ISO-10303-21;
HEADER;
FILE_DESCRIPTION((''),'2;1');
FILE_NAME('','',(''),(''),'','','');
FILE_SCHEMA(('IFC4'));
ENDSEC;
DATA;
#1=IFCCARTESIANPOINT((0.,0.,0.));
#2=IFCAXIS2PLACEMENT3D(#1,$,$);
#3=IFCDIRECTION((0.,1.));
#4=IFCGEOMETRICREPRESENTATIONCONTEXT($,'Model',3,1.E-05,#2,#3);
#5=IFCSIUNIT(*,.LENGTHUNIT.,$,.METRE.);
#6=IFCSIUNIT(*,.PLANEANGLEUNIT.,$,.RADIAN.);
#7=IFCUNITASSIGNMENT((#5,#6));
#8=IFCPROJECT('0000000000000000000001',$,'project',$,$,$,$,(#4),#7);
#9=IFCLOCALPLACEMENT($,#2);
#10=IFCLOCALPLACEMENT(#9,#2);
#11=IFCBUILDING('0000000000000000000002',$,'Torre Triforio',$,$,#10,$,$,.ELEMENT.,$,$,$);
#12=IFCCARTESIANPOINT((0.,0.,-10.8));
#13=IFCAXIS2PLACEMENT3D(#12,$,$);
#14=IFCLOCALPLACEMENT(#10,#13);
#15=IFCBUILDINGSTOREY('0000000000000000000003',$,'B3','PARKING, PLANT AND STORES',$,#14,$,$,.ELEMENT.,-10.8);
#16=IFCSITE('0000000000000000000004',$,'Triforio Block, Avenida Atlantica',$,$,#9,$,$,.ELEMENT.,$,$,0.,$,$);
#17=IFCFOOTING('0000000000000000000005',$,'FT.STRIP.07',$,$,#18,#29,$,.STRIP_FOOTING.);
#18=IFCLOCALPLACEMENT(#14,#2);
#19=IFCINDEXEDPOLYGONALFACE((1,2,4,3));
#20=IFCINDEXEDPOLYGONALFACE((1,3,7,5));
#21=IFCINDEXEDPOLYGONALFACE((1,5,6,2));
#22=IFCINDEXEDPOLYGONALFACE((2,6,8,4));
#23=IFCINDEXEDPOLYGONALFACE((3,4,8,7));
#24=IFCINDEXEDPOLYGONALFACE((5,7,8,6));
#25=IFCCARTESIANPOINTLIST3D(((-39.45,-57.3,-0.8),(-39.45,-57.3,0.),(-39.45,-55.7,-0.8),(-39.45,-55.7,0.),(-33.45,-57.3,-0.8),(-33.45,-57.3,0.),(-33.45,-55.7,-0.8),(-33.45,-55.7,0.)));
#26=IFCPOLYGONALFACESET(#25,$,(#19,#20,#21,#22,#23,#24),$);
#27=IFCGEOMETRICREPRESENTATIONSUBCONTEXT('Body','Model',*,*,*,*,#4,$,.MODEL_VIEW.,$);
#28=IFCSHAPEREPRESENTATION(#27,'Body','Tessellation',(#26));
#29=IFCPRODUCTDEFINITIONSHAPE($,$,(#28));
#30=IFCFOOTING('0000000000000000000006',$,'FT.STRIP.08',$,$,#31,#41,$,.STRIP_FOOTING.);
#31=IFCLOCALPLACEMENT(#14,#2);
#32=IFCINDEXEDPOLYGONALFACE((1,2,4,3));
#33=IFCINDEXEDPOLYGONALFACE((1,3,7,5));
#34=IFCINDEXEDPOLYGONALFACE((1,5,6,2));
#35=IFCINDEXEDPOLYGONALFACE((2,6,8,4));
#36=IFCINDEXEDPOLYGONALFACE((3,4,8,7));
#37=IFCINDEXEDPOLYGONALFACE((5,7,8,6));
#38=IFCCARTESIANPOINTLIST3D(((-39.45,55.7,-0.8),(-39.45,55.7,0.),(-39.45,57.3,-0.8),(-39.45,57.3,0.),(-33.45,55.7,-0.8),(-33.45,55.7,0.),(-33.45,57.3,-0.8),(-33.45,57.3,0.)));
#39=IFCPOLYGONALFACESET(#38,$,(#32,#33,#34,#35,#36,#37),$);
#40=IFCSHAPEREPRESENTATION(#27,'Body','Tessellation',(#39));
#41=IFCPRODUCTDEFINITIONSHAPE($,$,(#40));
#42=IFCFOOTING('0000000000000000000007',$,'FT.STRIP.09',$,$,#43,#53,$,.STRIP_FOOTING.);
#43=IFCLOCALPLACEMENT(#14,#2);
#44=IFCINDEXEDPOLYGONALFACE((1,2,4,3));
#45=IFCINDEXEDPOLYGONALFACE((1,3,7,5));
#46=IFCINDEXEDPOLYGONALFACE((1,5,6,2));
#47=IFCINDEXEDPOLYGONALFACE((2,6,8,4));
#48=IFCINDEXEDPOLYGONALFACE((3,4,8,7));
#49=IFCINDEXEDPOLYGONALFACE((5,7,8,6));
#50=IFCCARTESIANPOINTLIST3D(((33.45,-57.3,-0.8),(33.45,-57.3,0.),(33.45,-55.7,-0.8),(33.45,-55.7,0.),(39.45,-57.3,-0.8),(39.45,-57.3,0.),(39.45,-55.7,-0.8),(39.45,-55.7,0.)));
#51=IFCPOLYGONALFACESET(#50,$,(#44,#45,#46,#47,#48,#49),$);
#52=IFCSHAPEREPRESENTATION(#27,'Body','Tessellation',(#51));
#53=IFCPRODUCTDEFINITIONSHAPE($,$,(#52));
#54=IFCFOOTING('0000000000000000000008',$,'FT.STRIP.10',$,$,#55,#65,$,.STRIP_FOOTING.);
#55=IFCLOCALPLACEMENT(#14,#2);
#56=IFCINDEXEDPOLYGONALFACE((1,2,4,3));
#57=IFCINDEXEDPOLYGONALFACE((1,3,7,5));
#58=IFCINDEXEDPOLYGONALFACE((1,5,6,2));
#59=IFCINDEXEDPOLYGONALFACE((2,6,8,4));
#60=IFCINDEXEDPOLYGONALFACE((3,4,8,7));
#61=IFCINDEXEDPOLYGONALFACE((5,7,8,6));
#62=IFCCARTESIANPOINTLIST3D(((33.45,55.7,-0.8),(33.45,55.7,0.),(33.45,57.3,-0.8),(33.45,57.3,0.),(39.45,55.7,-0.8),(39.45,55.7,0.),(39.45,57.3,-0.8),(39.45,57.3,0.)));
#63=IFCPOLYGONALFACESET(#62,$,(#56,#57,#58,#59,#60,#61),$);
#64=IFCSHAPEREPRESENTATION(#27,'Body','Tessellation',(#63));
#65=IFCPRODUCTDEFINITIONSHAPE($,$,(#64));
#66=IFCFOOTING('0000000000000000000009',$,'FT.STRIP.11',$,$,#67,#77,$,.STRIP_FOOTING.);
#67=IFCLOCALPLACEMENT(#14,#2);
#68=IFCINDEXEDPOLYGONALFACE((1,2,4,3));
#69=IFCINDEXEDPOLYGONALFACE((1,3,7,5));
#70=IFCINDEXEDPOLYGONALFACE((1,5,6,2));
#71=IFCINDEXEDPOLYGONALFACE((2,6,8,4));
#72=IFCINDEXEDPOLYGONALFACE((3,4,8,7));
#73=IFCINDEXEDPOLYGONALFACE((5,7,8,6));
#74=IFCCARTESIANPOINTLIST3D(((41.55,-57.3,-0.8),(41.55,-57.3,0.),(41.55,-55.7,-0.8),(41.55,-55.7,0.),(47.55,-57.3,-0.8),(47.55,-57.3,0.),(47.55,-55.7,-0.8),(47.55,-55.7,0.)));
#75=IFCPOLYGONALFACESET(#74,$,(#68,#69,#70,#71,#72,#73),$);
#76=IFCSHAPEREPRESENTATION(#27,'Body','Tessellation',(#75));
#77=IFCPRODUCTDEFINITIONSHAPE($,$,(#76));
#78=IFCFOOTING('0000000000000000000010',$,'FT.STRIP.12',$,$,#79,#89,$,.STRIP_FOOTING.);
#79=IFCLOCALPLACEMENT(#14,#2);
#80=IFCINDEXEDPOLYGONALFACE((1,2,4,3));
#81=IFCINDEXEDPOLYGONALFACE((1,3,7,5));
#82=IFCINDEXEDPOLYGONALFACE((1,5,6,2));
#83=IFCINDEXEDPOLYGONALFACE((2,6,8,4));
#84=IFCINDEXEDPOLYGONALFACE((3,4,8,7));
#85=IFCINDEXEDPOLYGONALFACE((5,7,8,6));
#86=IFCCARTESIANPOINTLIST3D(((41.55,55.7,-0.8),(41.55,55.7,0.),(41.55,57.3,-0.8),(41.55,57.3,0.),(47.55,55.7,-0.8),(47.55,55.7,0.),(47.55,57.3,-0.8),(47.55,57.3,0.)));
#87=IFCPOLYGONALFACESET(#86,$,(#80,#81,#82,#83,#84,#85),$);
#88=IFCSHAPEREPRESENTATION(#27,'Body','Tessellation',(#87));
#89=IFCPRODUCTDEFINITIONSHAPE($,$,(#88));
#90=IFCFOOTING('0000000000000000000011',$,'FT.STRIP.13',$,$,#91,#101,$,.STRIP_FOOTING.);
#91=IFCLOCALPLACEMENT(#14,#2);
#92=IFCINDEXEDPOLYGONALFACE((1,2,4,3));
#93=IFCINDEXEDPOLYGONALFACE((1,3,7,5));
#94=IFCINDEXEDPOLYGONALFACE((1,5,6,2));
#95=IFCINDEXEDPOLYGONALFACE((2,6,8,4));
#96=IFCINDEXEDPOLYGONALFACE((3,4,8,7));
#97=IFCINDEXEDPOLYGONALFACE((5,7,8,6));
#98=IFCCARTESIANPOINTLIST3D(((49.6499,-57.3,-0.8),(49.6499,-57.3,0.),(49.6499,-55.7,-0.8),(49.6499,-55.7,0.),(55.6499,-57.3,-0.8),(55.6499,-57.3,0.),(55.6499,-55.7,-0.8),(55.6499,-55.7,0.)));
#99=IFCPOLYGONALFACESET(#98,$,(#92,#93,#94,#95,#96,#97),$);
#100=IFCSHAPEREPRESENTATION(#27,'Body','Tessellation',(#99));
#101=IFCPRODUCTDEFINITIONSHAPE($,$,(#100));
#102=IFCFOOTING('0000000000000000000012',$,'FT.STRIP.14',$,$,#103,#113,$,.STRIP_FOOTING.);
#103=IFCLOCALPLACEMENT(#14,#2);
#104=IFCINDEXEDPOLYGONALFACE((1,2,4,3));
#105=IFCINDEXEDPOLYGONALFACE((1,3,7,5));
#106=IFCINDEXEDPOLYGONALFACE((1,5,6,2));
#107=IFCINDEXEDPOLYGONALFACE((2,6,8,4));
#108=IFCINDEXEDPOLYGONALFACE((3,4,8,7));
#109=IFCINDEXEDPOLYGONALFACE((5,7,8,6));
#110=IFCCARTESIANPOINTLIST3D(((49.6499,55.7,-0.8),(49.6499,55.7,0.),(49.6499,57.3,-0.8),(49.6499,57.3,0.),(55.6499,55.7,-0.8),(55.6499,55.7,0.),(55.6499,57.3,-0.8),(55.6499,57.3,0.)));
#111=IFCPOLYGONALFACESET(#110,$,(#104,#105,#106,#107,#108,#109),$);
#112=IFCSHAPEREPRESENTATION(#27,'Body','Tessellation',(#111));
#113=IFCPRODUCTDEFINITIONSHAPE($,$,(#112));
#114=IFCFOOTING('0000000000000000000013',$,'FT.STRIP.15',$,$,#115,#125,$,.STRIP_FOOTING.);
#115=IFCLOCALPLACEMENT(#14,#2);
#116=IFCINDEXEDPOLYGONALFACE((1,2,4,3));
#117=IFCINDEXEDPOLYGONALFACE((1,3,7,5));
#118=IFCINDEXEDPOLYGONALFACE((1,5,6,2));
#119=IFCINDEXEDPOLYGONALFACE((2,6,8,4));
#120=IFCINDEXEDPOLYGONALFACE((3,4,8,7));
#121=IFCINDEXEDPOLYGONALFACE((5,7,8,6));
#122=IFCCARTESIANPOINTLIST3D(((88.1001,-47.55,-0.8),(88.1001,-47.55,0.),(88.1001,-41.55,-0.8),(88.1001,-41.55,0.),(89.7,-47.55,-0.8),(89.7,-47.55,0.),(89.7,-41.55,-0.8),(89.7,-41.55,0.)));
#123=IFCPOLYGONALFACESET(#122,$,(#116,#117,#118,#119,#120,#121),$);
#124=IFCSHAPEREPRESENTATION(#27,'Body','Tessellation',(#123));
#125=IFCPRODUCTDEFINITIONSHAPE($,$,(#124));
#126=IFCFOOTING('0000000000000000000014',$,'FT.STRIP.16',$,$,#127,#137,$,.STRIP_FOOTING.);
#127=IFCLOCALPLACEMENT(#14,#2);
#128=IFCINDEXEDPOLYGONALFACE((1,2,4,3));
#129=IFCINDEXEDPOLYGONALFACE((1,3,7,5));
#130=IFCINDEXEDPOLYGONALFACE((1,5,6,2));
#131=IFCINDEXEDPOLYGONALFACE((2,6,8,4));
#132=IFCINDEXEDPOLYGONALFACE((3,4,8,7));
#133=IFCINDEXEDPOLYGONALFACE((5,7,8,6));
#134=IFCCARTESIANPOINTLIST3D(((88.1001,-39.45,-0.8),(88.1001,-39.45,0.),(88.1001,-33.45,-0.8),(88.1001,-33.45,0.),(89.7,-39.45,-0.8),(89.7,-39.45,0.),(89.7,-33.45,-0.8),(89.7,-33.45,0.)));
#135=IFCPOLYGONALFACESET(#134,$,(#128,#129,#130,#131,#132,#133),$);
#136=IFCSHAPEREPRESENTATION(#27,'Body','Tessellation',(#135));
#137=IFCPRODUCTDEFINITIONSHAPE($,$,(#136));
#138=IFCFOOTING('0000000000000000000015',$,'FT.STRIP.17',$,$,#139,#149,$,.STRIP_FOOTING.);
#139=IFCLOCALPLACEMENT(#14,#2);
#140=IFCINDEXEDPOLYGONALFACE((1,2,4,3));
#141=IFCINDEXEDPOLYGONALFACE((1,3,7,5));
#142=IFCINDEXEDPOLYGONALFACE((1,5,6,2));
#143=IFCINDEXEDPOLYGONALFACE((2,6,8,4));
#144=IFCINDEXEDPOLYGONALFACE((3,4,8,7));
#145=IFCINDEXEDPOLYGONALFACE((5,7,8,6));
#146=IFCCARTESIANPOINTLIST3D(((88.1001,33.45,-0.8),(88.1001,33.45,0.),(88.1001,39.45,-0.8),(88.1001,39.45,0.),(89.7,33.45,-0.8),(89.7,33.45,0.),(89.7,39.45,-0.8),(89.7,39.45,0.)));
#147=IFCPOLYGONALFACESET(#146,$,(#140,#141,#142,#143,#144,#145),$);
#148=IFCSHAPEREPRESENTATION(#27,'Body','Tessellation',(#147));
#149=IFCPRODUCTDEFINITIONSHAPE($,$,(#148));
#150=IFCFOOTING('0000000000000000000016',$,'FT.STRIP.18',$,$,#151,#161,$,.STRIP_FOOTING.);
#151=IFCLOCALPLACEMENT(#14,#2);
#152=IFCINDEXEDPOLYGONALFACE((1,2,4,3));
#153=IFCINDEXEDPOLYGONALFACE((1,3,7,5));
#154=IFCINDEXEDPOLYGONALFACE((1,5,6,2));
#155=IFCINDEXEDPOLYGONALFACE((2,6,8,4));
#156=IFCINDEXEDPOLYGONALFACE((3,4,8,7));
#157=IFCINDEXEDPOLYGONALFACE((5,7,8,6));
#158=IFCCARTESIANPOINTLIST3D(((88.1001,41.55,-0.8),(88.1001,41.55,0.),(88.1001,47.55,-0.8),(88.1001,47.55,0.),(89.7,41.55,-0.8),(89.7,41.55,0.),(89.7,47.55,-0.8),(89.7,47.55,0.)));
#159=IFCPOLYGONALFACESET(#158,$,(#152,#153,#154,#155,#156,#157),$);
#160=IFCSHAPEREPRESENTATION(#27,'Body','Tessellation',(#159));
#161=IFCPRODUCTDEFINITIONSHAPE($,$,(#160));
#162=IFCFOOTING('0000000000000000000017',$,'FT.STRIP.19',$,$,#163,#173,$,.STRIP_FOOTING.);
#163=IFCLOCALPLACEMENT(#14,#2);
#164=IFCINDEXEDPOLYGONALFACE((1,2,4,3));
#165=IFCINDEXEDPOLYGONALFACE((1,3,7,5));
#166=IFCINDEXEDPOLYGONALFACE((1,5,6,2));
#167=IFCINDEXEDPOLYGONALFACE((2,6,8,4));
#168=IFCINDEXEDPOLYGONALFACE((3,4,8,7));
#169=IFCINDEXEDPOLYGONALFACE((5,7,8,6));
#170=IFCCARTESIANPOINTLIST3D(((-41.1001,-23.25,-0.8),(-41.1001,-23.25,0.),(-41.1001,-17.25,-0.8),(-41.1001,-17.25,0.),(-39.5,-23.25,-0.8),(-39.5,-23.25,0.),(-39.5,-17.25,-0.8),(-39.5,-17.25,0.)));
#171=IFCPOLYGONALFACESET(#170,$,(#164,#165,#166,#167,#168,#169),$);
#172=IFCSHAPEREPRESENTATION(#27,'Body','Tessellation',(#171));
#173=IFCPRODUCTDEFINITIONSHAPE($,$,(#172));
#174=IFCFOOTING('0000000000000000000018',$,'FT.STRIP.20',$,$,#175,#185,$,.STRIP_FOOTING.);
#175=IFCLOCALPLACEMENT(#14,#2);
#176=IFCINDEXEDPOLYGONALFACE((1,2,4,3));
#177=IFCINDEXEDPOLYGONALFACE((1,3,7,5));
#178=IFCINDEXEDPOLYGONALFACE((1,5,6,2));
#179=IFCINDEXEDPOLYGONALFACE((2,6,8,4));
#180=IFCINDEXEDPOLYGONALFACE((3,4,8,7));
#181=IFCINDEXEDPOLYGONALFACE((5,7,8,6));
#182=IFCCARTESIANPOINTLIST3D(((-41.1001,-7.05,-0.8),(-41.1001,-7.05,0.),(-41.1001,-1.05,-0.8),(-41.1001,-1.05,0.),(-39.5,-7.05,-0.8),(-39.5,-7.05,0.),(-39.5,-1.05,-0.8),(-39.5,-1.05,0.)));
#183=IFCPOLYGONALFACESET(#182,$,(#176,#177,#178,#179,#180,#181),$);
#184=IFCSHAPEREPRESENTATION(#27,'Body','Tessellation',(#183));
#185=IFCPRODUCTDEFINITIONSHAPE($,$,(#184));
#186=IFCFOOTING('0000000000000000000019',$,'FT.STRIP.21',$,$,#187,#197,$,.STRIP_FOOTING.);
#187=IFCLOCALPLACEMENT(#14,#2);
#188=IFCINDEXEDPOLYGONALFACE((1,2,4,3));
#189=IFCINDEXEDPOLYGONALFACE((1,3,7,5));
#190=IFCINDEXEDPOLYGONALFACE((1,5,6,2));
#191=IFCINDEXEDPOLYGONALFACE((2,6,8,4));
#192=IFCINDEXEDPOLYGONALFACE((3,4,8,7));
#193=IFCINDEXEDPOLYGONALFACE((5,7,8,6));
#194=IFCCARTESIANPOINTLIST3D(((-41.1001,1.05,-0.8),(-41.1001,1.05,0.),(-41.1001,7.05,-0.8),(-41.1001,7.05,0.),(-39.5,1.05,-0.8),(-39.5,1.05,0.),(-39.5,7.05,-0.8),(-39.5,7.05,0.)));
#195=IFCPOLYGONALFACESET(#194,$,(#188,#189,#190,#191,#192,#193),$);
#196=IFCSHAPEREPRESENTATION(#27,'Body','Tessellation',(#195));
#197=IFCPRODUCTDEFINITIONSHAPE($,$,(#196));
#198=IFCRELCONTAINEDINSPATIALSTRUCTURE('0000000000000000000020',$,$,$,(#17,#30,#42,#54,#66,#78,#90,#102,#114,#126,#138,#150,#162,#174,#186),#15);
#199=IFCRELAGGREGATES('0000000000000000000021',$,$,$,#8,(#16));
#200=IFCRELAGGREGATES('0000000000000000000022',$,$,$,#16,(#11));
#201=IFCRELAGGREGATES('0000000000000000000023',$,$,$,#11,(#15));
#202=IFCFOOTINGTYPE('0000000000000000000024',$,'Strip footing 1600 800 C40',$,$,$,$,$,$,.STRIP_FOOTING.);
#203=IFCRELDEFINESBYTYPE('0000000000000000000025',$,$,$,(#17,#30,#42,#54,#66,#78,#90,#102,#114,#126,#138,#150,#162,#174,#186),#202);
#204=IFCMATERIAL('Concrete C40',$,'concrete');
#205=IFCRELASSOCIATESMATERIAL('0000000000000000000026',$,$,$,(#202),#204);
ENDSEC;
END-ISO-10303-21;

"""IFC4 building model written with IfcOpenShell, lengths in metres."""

from ifc_helpers import new_model, si_unit, direction, frame, origin, place, context, subcontext, project, spatial, polyline, outline, extrude, material, type_object, element, save


model = new_model("IFC4")

# Units and contexts
model_context = context("Model", 3, precision=1e-05, world=origin(), true_north=direction((0.0, 1.0)))
body_context = subcontext(model_context, "Body", "Model", "MODEL_VIEW")
ifc_project = project(units=[si_unit("LENGTHUNIT", "METRE"), si_unit("PLANEANGLEUNIT", "RADIAN")], contexts=[model_context])

# Site, building, storey
site_placement = place(None, origin())
site = spatial("IfcSite", under=ifc_project, at=site_placement, Name="Triforio Block, Avenida Atlantica", CompositionType="ELEMENT", RefElevation=0.0)
building_placement = place(site_placement, origin())
building = spatial("IfcBuilding", under=site, at=building_placement, Name="Torre Triforio", CompositionType="ELEMENT")
storey_placement = place(building_placement, frame((0.0, 0.0, -10.8)))
storey = spatial("IfcBuildingStorey", under=building, at=storey_placement, Name="B3", Description="PARKING, PLANT AND STORES", CompositionType="ELEMENT", Elevation=-10.8)

# Footings
ifc_material = material(Name="Concrete C40", Category="concrete")
footing_type = type_object("IfcFootingType", Name="Strip footing 1600 800 C40", PredefinedType="STRIP_FOOTING", material=ifc_material)
footing_1_placement = place(storey_placement, frame((0.0, 0.0, -0.8)))
element("IfcFooting", 1, at=footing_1_placement, inside=storey, type_object=footing_type, Name="FT.STRIP.07", PredefinedType="STRIP_FOOTING", context=body_context, shape_type="SweptSolid", body=[
    extrude(outline(polyline([(-39.45, -57.3), (-33.45, -57.3), (-33.45, -55.7), (-39.45, -55.7), (-39.45, -57.3)])), origin(), (0.0, 0.0, 1.0), 0.8),
])
footing_2_placement = place(storey_placement, frame((0.0, 0.0, -0.8)))
element("IfcFooting", 2, at=footing_2_placement, inside=storey, type_object=footing_type, Name="FT.STRIP.08", PredefinedType="STRIP_FOOTING", context=body_context, shape_type="SweptSolid", body=[
    extrude(outline(polyline([(-33.45, 57.3), (-39.45, 57.3), (-39.45, 55.7), (-33.45, 55.7), (-33.45, 57.3)])), origin(), (0.0, 0.0, 1.0), 0.8),
])
footing_3_placement = place(storey_placement, frame((0.0, 0.0, -0.8)))
element("IfcFooting", 3, at=footing_3_placement, inside=storey, type_object=footing_type, Name="FT.STRIP.09", PredefinedType="STRIP_FOOTING", context=body_context, shape_type="SweptSolid", body=[
    extrude(outline(polyline([(33.45, -57.3), (39.45, -57.3), (39.45, -55.7), (33.45, -55.7), (33.45, -57.3)])), origin(), (0.0, 0.0, 1.0), 0.8),
])
footing_4_placement = place(storey_placement, frame((0.0, 0.0, -0.8)))
element("IfcFooting", 4, at=footing_4_placement, inside=storey, type_object=footing_type, Name="FT.STRIP.10", PredefinedType="STRIP_FOOTING", context=body_context, shape_type="SweptSolid", body=[
    extrude(outline(polyline([(39.45, 57.3), (33.45, 57.3), (33.45, 55.7), (39.45, 55.7), (39.45, 57.3)])), origin(), (0.0, 0.0, 1.0), 0.8),
])
footing_5_placement = place(storey_placement, frame((0.0, 0.0, -0.8)))
element("IfcFooting", 5, at=footing_5_placement, inside=storey, type_object=footing_type, Name="FT.STRIP.11", PredefinedType="STRIP_FOOTING", context=body_context, shape_type="SweptSolid", body=[
    extrude(outline(polyline([(41.55, -57.3), (47.55, -57.3), (47.55, -55.7), (41.55, -55.7), (41.55, -57.3)])), origin(), (0.0, 0.0, 1.0), 0.8),
])
footing_6_placement = place(storey_placement, frame((0.0, 0.0, -0.8)))
element("IfcFooting", 6, at=footing_6_placement, inside=storey, type_object=footing_type, Name="FT.STRIP.12", PredefinedType="STRIP_FOOTING", context=body_context, shape_type="SweptSolid", body=[
    extrude(outline(polyline([(47.55, 57.3), (41.55, 57.3), (41.55, 55.7), (47.55, 55.7), (47.55, 57.3)])), origin(), (0.0, 0.0, 1.0), 0.8),
])
footing_7_placement = place(storey_placement, frame((0.0, 0.0, -0.8)))
element("IfcFooting", 7, at=footing_7_placement, inside=storey, type_object=footing_type, Name="FT.STRIP.13", PredefinedType="STRIP_FOOTING", context=body_context, shape_type="SweptSolid", body=[
    extrude(outline(polyline([(49.6499, -57.3), (55.6499, -57.3), (55.6499, -55.7), (49.6499, -55.7), (49.6499, -57.3)])), origin(), (0.0, 0.0, 1.0), 0.8),
])
footing_8_placement = place(storey_placement, frame((0.0, 0.0, -0.8)))
element("IfcFooting", 8, at=footing_8_placement, inside=storey, type_object=footing_type, Name="FT.STRIP.14", PredefinedType="STRIP_FOOTING", context=body_context, shape_type="SweptSolid", body=[
    extrude(outline(polyline([(55.6499, 57.3), (49.6499, 57.3), (49.6499, 55.7), (55.6499, 55.7), (55.6499, 57.3)])), origin(), (0.0, 0.0, 1.0), 0.8),
])
footing_9_placement = place(storey_placement, frame((0.0, 0.0, -0.8)))
element("IfcFooting", 9, at=footing_9_placement, inside=storey, type_object=footing_type, Name="FT.STRIP.15", PredefinedType="STRIP_FOOTING", context=body_context, shape_type="SweptSolid", body=[
    extrude(outline(polyline([(89.7, -47.55), (89.7, -41.55), (88.1001, -41.55), (88.1001, -47.55), (89.7, -47.55)])), origin(), (0.0, 0.0, 1.0), 0.8),
])
footing_10_placement = place(storey_placement, frame((0.0, 0.0, -0.8)))
element("IfcFooting", 10, at=footing_10_placement, inside=storey, type_object=footing_type, Name="FT.STRIP.16", PredefinedType="STRIP_FOOTING", context=body_context, shape_type="SweptSolid", body=[
    extrude(outline(polyline([(89.7, -39.45), (89.7, -33.45), (88.1001, -33.45), (88.1001, -39.45), (89.7, -39.45)])), origin(), (0.0, 0.0, 1.0), 0.8),
])
footing_11_placement = place(storey_placement, frame((0.0, 0.0, -0.8)))
element("IfcFooting", 11, at=footing_11_placement, inside=storey, type_object=footing_type, Name="FT.STRIP.17", PredefinedType="STRIP_FOOTING", context=body_context, shape_type="SweptSolid", body=[
    extrude(outline(polyline([(89.7, 33.45), (89.7, 39.45), (88.1001, 39.45), (88.1001, 33.45), (89.7, 33.45)])), origin(), (0.0, 0.0, 1.0), 0.8),
])
footing_12_placement = place(storey_placement, frame((0.0, 0.0, -0.8)))
element("IfcFooting", 12, at=footing_12_placement, inside=storey, type_object=footing_type, Name="FT.STRIP.18", PredefinedType="STRIP_FOOTING", context=body_context, shape_type="SweptSolid", body=[
    extrude(outline(polyline([(89.7, 41.55), (89.7, 47.55), (88.1001, 47.55), (88.1001, 41.55), (89.7, 41.55)])), origin(), (0.0, 0.0, 1.0), 0.8),
])
footing_13_placement = place(storey_placement, frame((0.0, 0.0, -0.8)))
element("IfcFooting", 13, at=footing_13_placement, inside=storey, type_object=footing_type, Name="FT.STRIP.19", PredefinedType="STRIP_FOOTING", context=body_context, shape_type="SweptSolid", body=[
    extrude(outline(polyline([(-41.1001, -17.25), (-41.1001, -23.25), (-39.5, -23.25), (-39.5, -17.25), (-41.1001, -17.25)])), origin(), (0.0, 0.0, 1.0), 0.8),
])
footing_14_placement = place(storey_placement, frame((0.0, 0.0, -0.8)))
element("IfcFooting", 14, at=footing_14_placement, inside=storey, type_object=footing_type, Name="FT.STRIP.20", PredefinedType="STRIP_FOOTING", context=body_context, shape_type="SweptSolid", body=[
    extrude(outline(polyline([(-41.1001, -1.05), (-41.1001, -7.05), (-39.5, -7.05), (-39.5, -1.05), (-41.1001, -1.05)])), origin(), (0.0, 0.0, 1.0), 0.8),
])
footing_15_placement = place(storey_placement, frame((0.0, 0.0, -0.8)))
element("IfcFooting", 15, at=footing_15_placement, inside=storey, type_object=footing_type, Name="FT.STRIP.21", PredefinedType="STRIP_FOOTING", context=body_context, shape_type="SweptSolid", body=[
    extrude(outline(polyline([(-41.1001, 7.05), (-41.1001, 1.05), (-39.5, 1.05), (-39.5, 7.05), (-41.1001, 7.05)])), origin(), (0.0, 0.0, 1.0), 0.8),
])

save(model, "model.ifc")
